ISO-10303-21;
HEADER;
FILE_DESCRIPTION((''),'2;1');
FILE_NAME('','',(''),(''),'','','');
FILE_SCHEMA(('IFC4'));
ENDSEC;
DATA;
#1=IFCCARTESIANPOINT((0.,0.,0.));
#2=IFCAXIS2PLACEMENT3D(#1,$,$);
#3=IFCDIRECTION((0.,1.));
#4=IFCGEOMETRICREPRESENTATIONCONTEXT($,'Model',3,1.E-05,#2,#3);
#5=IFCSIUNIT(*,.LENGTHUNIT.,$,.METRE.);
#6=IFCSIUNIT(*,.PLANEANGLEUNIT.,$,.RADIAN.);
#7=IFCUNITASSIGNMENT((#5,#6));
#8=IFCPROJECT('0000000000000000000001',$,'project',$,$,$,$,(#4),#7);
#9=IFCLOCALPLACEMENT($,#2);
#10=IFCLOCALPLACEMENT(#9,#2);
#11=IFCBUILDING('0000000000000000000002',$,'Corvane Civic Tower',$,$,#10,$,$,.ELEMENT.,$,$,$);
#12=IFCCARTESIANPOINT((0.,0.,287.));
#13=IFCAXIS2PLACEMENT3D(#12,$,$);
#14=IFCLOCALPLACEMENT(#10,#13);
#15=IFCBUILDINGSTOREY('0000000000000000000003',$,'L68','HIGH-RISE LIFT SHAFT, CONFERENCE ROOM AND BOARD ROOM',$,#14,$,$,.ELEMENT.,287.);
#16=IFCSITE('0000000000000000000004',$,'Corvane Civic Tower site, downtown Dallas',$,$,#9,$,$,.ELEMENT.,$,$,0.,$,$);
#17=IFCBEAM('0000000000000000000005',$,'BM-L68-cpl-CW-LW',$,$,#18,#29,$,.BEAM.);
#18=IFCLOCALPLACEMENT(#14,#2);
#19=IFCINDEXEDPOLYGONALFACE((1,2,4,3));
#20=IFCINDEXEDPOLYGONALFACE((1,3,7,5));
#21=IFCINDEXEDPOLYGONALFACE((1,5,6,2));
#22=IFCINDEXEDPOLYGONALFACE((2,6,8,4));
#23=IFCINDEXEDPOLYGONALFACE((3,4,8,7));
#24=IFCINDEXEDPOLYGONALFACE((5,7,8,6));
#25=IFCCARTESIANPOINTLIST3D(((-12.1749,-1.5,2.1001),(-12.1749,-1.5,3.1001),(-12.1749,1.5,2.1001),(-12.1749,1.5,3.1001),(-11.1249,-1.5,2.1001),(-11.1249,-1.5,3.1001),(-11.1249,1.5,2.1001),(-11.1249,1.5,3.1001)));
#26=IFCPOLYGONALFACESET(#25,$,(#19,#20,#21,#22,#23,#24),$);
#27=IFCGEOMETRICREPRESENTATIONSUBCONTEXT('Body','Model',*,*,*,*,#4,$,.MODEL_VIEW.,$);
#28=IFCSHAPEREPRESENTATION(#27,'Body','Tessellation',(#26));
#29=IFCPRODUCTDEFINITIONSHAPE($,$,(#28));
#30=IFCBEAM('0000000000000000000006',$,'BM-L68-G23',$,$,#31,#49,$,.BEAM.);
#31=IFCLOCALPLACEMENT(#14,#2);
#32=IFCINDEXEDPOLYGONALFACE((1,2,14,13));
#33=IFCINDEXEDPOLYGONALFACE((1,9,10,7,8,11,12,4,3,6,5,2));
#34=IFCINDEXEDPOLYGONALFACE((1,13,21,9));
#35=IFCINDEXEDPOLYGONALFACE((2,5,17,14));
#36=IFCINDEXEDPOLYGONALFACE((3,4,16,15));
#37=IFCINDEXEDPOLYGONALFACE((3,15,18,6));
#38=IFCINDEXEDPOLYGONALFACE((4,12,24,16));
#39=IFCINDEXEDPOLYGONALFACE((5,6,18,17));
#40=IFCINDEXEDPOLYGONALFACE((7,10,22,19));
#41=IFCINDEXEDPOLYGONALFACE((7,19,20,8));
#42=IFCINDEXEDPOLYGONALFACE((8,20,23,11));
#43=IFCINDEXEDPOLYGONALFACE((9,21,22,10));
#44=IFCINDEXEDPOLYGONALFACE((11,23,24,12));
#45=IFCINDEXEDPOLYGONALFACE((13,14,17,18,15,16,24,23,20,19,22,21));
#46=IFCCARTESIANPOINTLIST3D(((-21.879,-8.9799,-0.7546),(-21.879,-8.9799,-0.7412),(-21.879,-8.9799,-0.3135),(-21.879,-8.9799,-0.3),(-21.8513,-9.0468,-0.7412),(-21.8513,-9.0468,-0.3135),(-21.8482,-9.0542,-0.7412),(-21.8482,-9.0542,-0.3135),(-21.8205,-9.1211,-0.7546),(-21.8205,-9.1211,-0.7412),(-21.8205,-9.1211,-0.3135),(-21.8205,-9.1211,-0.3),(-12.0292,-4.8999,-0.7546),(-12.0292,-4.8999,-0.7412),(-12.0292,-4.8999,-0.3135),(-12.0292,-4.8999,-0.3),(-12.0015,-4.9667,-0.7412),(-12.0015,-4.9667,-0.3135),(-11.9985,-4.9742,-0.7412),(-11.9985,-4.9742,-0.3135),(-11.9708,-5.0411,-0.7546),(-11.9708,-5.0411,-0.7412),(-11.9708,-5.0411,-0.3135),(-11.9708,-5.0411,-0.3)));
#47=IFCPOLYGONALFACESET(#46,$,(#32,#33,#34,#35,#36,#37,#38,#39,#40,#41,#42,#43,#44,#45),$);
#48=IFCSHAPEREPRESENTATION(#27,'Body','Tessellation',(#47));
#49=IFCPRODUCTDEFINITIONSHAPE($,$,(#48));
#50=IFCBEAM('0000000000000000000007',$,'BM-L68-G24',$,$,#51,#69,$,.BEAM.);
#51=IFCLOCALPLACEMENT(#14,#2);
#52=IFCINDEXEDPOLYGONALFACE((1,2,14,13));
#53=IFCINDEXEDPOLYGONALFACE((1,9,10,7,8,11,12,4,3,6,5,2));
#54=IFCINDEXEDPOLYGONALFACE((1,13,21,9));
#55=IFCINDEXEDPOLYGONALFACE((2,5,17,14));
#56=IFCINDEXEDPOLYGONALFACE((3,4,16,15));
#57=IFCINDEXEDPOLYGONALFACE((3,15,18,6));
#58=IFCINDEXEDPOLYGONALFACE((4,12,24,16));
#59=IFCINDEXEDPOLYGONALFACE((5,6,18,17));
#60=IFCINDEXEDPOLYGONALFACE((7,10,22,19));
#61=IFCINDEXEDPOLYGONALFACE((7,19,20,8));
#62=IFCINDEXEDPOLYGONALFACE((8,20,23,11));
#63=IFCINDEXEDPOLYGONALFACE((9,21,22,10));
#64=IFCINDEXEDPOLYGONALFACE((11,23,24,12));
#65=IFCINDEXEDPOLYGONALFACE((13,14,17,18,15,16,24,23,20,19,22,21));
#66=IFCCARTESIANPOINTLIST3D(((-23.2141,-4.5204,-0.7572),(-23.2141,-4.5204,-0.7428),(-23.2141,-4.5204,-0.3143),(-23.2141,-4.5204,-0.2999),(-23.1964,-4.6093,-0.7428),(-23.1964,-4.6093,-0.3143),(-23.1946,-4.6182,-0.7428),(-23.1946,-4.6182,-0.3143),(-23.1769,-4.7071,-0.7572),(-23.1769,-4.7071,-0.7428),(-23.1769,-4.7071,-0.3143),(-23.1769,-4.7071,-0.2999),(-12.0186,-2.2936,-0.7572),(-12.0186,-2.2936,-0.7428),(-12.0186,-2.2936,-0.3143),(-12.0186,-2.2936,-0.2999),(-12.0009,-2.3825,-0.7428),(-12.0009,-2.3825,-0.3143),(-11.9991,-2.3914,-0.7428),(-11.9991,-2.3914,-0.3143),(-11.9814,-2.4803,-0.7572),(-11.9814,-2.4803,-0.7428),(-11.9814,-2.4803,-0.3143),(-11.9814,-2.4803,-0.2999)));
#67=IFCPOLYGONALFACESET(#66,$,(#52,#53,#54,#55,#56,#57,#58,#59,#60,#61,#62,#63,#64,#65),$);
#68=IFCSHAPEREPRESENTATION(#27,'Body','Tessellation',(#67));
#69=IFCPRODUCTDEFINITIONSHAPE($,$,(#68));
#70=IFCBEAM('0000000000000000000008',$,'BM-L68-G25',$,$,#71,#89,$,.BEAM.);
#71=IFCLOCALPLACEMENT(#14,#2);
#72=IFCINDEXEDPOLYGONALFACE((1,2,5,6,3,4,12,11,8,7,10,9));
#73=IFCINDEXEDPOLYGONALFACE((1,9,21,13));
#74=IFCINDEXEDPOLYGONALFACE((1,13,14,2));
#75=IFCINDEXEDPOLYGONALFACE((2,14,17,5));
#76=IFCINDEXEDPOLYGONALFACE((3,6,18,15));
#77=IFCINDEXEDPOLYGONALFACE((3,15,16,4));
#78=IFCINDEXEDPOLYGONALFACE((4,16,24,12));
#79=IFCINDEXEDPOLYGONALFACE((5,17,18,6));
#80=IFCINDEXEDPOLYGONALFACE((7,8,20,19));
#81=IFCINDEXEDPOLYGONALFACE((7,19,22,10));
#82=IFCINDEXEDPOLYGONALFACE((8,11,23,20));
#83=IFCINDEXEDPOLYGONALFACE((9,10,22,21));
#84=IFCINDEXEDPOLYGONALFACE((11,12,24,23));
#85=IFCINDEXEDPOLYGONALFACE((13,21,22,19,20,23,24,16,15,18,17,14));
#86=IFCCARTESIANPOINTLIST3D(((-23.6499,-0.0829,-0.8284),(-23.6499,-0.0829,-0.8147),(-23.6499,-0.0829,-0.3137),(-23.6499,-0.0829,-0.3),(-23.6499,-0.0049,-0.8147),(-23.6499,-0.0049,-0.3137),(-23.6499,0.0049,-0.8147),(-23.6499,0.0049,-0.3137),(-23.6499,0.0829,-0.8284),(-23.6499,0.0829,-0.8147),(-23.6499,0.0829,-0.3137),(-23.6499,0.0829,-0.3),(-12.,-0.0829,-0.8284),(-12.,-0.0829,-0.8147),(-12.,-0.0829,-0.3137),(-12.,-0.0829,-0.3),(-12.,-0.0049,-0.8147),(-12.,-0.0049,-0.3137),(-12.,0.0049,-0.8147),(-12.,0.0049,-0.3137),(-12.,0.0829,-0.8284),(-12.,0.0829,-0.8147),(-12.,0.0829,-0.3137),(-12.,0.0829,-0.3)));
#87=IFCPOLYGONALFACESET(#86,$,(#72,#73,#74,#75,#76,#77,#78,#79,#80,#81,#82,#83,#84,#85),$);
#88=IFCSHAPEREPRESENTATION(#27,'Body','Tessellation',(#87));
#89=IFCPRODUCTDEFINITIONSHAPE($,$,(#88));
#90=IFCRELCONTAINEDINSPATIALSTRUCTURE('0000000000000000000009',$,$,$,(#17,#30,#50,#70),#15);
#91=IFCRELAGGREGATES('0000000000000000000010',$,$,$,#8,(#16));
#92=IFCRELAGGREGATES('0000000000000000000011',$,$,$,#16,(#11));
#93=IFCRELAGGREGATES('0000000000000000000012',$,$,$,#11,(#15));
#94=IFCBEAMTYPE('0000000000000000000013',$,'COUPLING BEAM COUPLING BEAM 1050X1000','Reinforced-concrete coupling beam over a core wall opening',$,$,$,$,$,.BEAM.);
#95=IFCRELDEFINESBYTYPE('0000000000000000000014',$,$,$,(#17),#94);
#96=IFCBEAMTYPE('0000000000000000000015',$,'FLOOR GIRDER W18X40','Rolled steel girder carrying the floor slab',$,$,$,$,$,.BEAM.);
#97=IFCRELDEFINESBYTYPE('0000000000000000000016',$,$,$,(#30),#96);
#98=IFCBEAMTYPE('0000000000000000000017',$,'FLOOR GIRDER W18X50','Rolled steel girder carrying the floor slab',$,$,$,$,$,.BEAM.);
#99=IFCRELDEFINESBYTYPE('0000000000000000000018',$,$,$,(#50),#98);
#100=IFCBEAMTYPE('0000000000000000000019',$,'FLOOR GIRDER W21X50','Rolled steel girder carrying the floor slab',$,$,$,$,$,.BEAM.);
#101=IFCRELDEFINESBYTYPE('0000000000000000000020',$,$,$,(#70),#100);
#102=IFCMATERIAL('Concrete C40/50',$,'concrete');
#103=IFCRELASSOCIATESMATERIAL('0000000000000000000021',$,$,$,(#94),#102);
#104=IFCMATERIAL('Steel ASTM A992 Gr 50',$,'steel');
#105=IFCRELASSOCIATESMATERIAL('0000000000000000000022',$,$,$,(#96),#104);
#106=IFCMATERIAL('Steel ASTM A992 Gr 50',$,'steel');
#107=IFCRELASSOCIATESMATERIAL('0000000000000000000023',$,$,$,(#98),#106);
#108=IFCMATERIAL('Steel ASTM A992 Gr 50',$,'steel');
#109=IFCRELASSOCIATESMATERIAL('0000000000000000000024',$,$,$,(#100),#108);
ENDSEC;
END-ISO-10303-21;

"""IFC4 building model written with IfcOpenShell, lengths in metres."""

from ifc_helpers import new_model, si_unit, direction, frame, origin, origin_2d, place, context, subcontext, project, spatial, rectangle, i_section, extrude, material, material_profile, profile_set, type_object, element, save


model = new_model("IFC4")

# Units and contexts
model_context = context("Model", 3, precision=1e-05, world=origin(), true_north=direction((0.0, 1.0)))
body_context = subcontext(model_context, "Body", "Model", "MODEL_VIEW")
ifc_project = project(units=[si_unit("LENGTHUNIT", "METRE"), si_unit("PLANEANGLEUNIT", "RADIAN")], contexts=[model_context])

# Site, building, storey
site_placement = place(None, origin())
site = spatial("IfcSite", under=ifc_project, at=site_placement, Name="Corvane Civic Tower site, downtown Dallas", CompositionType="ELEMENT", RefElevation=0.0)
building_placement = place(site_placement, origin())
building = spatial("IfcBuilding", under=site, at=building_placement, Name="Corvane Civic Tower", CompositionType="ELEMENT")
storey_placement = place(building_placement, frame((0.0, 0.0, 287.0)))
storey = spatial("IfcBuildingStorey", under=building, at=storey_placement, Name="L68", Description="HIGH-RISE LIFT SHAFT, CONFERENCE ROOM AND BOARD ROOM", CompositionType="ELEMENT", Elevation=287.0)

# Beams
ifc_material_1 = material(Name="Concrete C40/50", Category="concrete")
ifc_material_profile_1 = material_profile(ifc_material_1, rectangle(XDim=1.05, YDim=1.0, at=origin_2d()), Name="COUPLING BEAM 1050X1000")
ifc_profile_set_1 = profile_set([ifc_material_profile_1], Name="Concrete C40/50")
beam_type_1 = type_object("IfcBeamType", Name="COUPLING BEAM COUPLING BEAM 1050X1000", Description="Reinforced-concrete coupling beam over a core wall opening", PredefinedType="BEAM", material=ifc_profile_set_1)
beam_1_placement = place(storey_placement, frame((-11.6499, -1.5, 2.6001), z_axis=(0.0, 1.0, 0.0), x_axis=(-1.0, 0.0, 0.0)))
element("IfcBeam", 1, at=beam_1_placement, inside=storey, type_object=beam_type_1, Name="BM-L68-cpl-CW-LW", PredefinedType="BEAM", context=body_context, shape_type="SweptSolid", body=[
    extrude(rectangle(XDim=1.05, YDim=1.0, at=origin_2d()), origin(), (0.0, 0.0, 1.0), 3.0),
])
ifc_material_2 = material(Name="Steel ASTM A992 Gr 50", Category="steel")
ifc_material_profile_2 = material_profile(ifc_material_2, i_section(OverallWidth=0.1528, OverallDepth=0.4546, WebThickness=0.0081, FlangeThickness=0.0134, at=origin_2d()), Name="W18X40")
ifc_profile_set_2 = profile_set([ifc_material_profile_2], Name="Steel ASTM A992 Gr 50")
beam_type_2 = type_object("IfcBeamType", Name="FLOOR GIRDER W18X40", Description="Rolled steel girder carrying the floor slab", PredefinedType="BEAM", material=ifc_profile_set_2)
beam_2_placement = place(storey_placement, frame((-12.0, -4.9705, -0.5273), z_axis=(-0.923875, -0.382694, 0.0), x_axis=(0.382694, -0.923875, 0.0)))
element("IfcBeam", 2, at=beam_2_placement, inside=storey, type_object=beam_type_2, Name="BM-L68-G23", PredefinedType="BEAM", context=body_context, shape_type="SweptSolid", body=[
    extrude(i_section(OverallWidth=0.1528, OverallDepth=0.4546, WebThickness=0.0081, FlangeThickness=0.0134, at=origin_2d()), origin(), (0.0, 0.0, 1.0), 10.6614),
])
ifc_material_3 = material(Name="Steel ASTM A992 Gr 50", Category="steel")
ifc_material_profile_3 = material_profile(ifc_material_3, i_section(OverallWidth=0.1904, OverallDepth=0.4573, WebThickness=0.009, FlangeThickness=0.0144, at=origin_2d()), Name="W18X50")
ifc_profile_set_3 = profile_set([ifc_material_profile_3], Name="Steel ASTM A992 Gr 50")
beam_type_3 = type_object("IfcBeamType", Name="FLOOR GIRDER W18X50", Description="Rolled steel girder carrying the floor slab", PredefinedType="BEAM", material=ifc_profile_set_3)
beam_3_placement = place(storey_placement, frame((-12.0, -2.387, -0.5286), z_axis=(-0.980787, -0.19508, 0.0), x_axis=(0.19508, -0.980787, 0.0)))
element("IfcBeam", 3, at=beam_3_placement, inside=storey, type_object=beam_type_3, Name="BM-L68-G24", PredefinedType="BEAM", context=body_context, shape_type="SweptSolid", body=[
    extrude(i_section(OverallWidth=0.1904, OverallDepth=0.4573, WebThickness=0.009, FlangeThickness=0.0144, at=origin_2d()), origin(), (0.0, 0.0, 1.0), 11.4148),
])
ifc_material_4 = material(Name="Steel ASTM A992 Gr 50", Category="steel")
ifc_material_profile_4 = material_profile(ifc_material_4, i_section(OverallWidth=0.1658, OverallDepth=0.5283, WebThickness=0.0098, FlangeThickness=0.0137, at=origin_2d()), Name="W21X50")
ifc_profile_set_4 = profile_set([ifc_material_profile_4], Name="Steel ASTM A992 Gr 50")
beam_type_4 = type_object("IfcBeamType", Name="FLOOR GIRDER W21X50", Description="Rolled steel girder carrying the floor slab", PredefinedType="BEAM", material=ifc_profile_set_4)
beam_4_placement = place(storey_placement, frame((-12.0, 0.0, -0.5642), z_axis=(-1.0, 0.0, 0.0), x_axis=(0.0, -1.0, 0.0)))
element("IfcBeam", 4, at=beam_4_placement, inside=storey, type_object=beam_type_4, Name="BM-L68-G25", PredefinedType="BEAM", context=body_context, shape_type="SweptSolid", body=[
    extrude(i_section(OverallWidth=0.1658, OverallDepth=0.5283, WebThickness=0.0098, FlangeThickness=0.0137, at=origin_2d()), origin(), (0.0, 0.0, 1.0), 11.6499),
])

save(model, "model.ifc")
